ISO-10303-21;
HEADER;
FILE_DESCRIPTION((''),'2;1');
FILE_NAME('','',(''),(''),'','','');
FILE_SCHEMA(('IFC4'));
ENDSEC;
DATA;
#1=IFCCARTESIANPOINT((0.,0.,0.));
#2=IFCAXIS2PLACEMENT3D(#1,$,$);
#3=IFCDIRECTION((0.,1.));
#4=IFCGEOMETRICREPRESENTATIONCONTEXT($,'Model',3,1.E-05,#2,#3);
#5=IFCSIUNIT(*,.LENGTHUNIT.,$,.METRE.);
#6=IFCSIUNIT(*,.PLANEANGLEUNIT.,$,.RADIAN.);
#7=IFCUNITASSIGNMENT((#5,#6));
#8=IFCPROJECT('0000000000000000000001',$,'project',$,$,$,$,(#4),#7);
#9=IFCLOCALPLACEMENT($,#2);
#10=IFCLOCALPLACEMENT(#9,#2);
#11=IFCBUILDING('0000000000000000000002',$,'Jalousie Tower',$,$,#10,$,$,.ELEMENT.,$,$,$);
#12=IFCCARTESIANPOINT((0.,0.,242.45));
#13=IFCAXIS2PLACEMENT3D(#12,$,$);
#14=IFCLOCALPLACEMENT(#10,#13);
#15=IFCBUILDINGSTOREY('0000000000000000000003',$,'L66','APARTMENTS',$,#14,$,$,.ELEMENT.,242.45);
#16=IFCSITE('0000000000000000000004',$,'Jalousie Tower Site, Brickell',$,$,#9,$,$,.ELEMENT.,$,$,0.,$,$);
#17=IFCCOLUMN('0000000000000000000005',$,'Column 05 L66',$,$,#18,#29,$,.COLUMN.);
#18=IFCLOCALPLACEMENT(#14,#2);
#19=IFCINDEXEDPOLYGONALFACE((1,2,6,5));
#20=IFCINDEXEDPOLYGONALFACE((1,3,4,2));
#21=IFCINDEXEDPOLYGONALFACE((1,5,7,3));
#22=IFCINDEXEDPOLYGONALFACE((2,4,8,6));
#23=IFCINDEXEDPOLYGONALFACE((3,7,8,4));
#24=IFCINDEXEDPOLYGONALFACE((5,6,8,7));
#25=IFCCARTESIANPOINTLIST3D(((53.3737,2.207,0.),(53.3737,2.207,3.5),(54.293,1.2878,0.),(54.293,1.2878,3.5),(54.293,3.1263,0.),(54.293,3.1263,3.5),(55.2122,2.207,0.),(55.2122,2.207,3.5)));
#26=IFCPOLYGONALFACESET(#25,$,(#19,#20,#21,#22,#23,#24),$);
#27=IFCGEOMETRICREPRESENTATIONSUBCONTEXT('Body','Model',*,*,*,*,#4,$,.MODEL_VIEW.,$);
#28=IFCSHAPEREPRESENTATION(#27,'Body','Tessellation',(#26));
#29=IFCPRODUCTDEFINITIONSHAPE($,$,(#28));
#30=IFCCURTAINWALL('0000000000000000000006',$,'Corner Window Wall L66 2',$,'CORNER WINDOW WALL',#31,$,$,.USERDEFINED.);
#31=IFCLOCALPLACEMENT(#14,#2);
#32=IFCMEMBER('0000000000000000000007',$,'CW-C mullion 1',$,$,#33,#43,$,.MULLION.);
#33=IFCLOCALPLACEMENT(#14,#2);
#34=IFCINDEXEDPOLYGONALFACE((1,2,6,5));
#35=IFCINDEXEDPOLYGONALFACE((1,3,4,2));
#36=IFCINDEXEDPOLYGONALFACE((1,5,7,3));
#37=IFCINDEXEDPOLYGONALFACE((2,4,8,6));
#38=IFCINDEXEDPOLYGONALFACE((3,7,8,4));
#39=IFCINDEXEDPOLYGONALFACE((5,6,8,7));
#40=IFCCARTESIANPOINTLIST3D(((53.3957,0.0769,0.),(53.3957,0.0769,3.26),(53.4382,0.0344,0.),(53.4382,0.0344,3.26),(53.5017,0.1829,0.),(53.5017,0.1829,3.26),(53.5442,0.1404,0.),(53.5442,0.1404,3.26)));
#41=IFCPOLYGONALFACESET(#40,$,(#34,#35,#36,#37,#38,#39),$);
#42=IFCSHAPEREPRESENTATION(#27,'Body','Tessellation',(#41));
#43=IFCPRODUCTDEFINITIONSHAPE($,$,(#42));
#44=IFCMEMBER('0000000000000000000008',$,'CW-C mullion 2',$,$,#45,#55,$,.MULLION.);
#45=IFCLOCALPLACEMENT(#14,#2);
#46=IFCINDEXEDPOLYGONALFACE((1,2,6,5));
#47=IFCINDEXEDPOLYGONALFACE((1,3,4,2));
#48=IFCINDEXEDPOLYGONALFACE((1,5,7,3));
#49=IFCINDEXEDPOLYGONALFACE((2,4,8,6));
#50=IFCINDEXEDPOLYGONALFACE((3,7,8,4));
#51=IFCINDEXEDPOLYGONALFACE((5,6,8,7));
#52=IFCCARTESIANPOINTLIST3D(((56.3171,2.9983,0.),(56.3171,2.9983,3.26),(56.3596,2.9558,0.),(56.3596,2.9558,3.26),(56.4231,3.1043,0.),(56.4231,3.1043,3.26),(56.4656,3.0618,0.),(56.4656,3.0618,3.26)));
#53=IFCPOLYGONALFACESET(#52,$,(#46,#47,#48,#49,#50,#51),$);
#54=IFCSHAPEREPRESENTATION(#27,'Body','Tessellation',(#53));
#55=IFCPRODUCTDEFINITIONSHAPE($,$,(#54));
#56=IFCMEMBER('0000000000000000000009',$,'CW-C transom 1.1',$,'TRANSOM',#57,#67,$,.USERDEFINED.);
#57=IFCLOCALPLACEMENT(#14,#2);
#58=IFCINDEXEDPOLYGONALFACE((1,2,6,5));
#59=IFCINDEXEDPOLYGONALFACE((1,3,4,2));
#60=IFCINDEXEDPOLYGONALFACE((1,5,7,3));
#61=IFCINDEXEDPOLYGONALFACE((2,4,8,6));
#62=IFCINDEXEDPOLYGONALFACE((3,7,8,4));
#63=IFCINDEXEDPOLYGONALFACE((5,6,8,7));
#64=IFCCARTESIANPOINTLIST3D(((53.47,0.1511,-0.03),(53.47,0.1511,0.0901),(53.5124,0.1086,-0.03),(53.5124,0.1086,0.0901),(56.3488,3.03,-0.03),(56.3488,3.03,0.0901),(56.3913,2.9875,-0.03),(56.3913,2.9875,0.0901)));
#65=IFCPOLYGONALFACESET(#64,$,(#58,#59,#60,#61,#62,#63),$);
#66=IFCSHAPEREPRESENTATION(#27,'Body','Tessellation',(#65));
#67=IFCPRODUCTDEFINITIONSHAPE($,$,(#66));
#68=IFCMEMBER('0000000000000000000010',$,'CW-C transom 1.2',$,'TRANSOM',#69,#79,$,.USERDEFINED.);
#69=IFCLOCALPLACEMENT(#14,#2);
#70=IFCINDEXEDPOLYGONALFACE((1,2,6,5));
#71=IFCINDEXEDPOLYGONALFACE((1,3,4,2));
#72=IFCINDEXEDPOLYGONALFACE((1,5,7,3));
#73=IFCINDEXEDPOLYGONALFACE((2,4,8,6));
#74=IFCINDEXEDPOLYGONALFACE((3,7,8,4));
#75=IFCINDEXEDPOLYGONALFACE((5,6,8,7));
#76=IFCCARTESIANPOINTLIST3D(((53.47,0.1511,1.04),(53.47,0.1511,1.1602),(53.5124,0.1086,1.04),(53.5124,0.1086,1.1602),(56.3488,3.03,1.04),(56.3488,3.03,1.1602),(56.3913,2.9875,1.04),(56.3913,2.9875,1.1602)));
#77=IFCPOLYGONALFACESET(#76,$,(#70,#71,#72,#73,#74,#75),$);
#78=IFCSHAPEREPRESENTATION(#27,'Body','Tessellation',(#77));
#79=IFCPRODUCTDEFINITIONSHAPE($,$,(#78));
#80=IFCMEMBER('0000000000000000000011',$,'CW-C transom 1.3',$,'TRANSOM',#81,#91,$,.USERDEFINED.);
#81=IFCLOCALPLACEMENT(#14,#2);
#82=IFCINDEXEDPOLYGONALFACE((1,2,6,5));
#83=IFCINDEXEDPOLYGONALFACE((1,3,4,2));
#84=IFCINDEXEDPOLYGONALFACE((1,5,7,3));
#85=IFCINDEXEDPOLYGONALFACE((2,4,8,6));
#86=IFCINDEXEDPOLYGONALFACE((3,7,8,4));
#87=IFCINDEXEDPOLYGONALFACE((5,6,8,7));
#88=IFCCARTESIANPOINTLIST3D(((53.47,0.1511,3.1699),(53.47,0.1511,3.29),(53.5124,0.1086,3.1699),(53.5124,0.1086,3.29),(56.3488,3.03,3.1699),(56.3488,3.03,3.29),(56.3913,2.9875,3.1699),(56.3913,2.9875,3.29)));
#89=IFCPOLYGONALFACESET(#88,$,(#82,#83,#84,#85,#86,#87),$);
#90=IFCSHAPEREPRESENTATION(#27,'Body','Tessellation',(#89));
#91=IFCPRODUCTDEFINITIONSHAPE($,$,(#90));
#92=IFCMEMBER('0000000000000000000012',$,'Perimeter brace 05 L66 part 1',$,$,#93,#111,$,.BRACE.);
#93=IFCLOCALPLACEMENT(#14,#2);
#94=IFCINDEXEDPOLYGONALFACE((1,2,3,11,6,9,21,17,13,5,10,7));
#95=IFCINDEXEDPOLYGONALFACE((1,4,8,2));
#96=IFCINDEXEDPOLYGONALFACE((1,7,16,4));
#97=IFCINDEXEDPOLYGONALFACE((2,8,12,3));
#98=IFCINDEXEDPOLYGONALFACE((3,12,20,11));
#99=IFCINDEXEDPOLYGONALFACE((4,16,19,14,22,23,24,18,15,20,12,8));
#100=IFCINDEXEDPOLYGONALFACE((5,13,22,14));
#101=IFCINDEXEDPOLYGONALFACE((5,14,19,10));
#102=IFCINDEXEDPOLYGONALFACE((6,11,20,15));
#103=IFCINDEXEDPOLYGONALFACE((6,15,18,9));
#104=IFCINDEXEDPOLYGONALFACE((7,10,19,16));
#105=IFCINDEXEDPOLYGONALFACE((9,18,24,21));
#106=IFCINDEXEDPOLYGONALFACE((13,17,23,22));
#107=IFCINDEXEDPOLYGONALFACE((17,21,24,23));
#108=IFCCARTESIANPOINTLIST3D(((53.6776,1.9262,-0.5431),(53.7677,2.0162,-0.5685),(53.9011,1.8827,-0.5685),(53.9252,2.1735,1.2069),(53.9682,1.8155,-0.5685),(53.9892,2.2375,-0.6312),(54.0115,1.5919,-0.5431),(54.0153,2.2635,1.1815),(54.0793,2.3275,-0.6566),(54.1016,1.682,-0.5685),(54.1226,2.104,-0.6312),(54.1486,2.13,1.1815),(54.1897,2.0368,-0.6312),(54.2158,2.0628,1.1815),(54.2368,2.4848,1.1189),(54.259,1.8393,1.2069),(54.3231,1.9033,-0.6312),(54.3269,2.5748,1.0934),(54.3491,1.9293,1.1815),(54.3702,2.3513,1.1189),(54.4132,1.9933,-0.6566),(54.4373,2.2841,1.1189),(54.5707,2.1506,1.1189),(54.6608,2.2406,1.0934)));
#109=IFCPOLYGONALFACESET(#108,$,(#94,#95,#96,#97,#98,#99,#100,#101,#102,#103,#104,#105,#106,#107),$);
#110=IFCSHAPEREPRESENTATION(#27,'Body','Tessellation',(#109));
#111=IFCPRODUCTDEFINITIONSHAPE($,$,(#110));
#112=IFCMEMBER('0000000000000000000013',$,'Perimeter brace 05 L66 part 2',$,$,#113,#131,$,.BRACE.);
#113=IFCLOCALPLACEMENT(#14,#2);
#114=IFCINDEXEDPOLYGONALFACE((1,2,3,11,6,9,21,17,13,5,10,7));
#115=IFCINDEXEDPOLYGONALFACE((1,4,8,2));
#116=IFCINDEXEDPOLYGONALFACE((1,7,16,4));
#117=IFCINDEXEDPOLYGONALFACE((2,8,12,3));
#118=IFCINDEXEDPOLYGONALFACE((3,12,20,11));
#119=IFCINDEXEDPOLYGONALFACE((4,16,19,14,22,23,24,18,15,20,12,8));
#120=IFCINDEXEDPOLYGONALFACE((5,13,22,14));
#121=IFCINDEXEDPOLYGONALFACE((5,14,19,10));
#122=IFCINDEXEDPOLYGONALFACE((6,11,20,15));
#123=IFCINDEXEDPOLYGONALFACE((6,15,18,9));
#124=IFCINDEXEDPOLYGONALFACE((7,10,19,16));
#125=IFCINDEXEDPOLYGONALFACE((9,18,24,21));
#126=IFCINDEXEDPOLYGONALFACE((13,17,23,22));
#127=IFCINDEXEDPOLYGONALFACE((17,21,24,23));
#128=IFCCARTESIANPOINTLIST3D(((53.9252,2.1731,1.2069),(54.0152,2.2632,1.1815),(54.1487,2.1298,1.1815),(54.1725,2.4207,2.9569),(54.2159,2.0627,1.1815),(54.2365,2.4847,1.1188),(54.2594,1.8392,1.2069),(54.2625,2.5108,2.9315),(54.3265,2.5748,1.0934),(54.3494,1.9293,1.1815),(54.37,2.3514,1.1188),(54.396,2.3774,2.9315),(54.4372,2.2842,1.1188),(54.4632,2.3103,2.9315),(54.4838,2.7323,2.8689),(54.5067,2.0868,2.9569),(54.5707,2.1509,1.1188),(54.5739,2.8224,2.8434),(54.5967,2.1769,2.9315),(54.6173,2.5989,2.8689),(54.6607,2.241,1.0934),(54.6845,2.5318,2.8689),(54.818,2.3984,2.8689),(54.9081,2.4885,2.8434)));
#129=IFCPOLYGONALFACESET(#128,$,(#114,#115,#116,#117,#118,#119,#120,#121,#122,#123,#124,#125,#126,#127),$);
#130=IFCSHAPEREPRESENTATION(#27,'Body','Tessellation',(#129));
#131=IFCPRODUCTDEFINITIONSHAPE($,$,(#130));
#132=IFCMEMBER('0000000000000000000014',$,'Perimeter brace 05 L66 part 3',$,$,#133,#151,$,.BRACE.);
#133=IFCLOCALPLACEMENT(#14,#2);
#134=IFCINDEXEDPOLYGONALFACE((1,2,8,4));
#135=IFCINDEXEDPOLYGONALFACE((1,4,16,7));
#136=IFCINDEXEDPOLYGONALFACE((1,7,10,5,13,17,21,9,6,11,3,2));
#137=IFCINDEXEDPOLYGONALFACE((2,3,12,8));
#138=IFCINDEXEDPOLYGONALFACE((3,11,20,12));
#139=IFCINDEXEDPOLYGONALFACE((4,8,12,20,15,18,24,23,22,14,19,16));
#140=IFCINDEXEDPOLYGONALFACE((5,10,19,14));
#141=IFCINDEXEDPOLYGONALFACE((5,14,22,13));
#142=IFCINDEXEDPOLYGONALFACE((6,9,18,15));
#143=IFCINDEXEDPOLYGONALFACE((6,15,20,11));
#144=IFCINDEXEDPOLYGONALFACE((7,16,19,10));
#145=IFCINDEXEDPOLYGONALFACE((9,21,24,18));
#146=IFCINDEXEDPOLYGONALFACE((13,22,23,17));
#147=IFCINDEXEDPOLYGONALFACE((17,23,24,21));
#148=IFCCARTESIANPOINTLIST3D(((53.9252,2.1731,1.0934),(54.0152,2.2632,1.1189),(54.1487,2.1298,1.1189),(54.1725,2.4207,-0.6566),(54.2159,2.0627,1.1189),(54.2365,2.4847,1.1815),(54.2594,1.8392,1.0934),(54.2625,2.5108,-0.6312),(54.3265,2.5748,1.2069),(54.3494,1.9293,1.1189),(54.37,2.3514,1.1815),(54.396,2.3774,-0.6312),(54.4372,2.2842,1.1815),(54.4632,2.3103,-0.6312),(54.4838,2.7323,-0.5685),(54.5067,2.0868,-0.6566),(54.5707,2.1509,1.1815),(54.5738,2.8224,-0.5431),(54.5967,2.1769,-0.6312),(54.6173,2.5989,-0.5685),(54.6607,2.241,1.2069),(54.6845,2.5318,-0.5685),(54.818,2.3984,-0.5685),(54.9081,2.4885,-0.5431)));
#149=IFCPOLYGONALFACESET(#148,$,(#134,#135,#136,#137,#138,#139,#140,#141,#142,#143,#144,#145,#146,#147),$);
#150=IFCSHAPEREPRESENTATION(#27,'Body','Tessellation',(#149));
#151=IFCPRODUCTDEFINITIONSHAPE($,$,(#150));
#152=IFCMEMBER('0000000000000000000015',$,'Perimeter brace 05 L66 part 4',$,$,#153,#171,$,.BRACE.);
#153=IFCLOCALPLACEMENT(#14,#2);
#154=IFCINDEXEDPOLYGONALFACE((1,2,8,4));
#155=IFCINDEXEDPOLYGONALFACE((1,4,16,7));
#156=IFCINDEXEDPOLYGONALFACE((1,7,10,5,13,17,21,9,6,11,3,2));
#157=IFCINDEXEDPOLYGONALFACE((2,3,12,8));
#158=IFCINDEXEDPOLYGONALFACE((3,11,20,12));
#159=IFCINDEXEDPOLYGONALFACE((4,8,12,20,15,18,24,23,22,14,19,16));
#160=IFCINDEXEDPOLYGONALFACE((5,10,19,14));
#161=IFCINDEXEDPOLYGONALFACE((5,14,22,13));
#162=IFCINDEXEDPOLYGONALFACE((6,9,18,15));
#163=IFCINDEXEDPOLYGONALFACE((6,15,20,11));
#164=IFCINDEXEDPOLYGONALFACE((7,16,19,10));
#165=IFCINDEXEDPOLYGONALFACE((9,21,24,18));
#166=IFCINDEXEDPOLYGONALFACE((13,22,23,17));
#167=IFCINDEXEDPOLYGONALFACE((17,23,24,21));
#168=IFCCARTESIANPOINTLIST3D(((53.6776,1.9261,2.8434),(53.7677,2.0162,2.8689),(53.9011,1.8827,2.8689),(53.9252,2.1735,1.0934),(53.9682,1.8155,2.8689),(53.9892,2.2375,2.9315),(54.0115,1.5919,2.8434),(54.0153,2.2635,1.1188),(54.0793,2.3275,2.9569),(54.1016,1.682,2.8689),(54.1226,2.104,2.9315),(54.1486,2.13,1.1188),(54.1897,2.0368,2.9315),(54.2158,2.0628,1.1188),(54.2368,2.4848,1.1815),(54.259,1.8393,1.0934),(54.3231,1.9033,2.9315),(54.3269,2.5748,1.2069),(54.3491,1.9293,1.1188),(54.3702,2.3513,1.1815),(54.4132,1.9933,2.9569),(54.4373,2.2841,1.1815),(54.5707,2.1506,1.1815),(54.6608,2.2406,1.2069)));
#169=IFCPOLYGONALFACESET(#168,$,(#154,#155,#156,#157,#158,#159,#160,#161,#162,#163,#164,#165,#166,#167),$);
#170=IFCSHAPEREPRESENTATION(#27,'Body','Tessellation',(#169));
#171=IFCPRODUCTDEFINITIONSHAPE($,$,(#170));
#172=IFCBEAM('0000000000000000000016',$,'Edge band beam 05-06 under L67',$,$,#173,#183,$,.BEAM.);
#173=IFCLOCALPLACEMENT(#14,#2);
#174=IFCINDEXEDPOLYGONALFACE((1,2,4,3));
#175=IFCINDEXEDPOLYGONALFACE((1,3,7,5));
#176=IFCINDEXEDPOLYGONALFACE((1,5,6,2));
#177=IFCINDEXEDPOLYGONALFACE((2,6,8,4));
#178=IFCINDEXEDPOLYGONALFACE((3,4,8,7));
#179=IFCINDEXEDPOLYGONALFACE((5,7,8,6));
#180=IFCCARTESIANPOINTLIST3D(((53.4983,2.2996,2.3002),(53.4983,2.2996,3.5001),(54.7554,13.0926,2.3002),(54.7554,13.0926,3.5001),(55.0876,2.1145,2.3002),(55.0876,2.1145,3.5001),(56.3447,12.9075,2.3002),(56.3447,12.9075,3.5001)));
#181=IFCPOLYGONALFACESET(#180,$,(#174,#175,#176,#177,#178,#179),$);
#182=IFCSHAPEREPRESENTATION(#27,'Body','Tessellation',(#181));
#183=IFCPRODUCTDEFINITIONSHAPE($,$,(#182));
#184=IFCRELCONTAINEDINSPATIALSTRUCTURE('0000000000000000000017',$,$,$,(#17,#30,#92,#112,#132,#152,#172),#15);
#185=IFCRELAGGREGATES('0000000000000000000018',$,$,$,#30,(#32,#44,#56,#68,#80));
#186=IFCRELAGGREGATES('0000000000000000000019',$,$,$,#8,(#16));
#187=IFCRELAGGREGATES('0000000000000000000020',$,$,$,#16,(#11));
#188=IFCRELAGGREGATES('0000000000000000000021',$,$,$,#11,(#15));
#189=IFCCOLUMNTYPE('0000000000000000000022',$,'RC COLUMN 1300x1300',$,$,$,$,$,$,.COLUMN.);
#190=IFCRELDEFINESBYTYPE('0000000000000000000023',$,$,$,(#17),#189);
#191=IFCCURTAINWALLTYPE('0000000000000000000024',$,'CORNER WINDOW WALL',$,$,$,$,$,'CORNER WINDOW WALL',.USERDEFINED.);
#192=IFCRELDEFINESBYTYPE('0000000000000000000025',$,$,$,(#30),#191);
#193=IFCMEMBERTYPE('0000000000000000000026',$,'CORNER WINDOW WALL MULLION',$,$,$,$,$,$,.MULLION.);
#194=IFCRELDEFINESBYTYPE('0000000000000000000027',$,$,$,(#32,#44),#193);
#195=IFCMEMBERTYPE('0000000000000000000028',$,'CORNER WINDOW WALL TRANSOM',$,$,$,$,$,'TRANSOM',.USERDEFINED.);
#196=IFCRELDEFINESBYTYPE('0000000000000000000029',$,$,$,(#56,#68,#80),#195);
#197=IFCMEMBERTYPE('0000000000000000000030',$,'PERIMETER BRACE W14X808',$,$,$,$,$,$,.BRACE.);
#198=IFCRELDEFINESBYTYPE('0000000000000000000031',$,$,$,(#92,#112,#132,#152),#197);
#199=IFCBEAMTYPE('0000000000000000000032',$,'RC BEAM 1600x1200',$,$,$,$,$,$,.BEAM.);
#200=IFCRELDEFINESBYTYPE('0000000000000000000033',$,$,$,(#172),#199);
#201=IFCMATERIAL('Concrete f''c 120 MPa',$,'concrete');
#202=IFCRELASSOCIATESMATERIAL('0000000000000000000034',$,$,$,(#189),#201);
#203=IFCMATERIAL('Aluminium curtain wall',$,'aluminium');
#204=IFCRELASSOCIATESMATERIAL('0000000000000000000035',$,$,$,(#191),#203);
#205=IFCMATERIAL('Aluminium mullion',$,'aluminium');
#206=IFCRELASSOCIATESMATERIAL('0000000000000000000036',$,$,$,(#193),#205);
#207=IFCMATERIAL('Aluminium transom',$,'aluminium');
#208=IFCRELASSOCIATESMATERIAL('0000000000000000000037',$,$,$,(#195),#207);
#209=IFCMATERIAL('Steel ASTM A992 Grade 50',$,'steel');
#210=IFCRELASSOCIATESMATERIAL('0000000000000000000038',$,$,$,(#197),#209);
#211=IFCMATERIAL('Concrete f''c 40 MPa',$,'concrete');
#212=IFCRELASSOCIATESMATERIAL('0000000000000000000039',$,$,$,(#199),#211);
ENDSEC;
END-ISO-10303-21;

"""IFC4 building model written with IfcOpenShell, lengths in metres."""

from ifc_helpers import new_model, si_unit, direction, frame, origin, origin_2d, place, context, subcontext, project, spatial, rectangle, i_section, extrude, material, material_profile, profile_set, type_object, element, aggregate, save


model = new_model("IFC4")

# Units and contexts
model_context = context("Model", 3, precision=1e-05, world=origin(), true_north=direction((0.0, 1.0)))
body_context = subcontext(model_context, "Body", "Model", "MODEL_VIEW")
ifc_project = project(units=[si_unit("LENGTHUNIT", "METRE"), si_unit("PLANEANGLEUNIT", "RADIAN")], contexts=[model_context])

# Site, building, storey
site_placement = place(None, origin())
site = spatial("IfcSite", under=ifc_project, at=site_placement, Name="Jalousie Tower Site, Brickell", CompositionType="ELEMENT", RefElevation=0.0)
building_placement = place(site_placement, origin())
building = spatial("IfcBuilding", under=site, at=building_placement, Name="Jalousie Tower", CompositionType="ELEMENT")
storey_placement = place(building_placement, frame((0.0, 0.0, 242.45)))
storey = spatial("IfcBuildingStorey", under=building, at=storey_placement, Name="L66", Description="APARTMENTS", CompositionType="ELEMENT", Elevation=242.45)

# Column
ifc_material_1 = material(Name="Concrete f'c 120 MPa", Category="concrete")
ifc_material_profile_1 = material_profile(ifc_material_1, rectangle(XDim=1.3, YDim=1.3, at=origin_2d()), Name="RC 1300x1300")
ifc_profile_set_1 = profile_set([ifc_material_profile_1], Name="Concrete f'c 120 MPa")
column_type = type_object("IfcColumnType", Name="RC COLUMN 1300x1300", PredefinedType="COLUMN", material=ifc_profile_set_1)
column_placement = place(storey_placement, frame((54.293, 2.207, 0.0), z_axis=(0.0, 0.0, 1.0), x_axis=(0.707107, 0.707107, 0.0)))
element("IfcColumn", 1, at=column_placement, inside=storey, type_object=column_type, Name="Column 05 L66", PredefinedType="COLUMN", context=body_context, shape_type="SweptSolid", body=[
    extrude(rectangle(XDim=1.3, YDim=1.3, at=origin_2d()), origin(), (0.0, 0.0, 1.0), 3.5),
])

# Curtain wall, members
ifc_material_2 = material(Name="Aluminium curtain wall", Category="aluminium")
curtain_wall_type_1 = type_object("IfcCurtainWallType", Name="CORNER WINDOW WALL", ElementType="CORNER WINDOW WALL", PredefinedType="USERDEFINED", material=ifc_material_2)
curtain_wall_1_placement = place(storey_placement, origin())
curtain_wall_1 = element("IfcCurtainWall", 2, at=curtain_wall_1_placement, inside=storey, type_object=curtain_wall_type_1, Name="Corner Window Wall L66 2", ObjectType="CORNER WINDOW WALL", PredefinedType="USERDEFINED")
ifc_material_3 = material(Name="Aluminium mullion", Category="aluminium")
ifc_material_profile_2 = material_profile(ifc_material_3, rectangle(XDim=0.0601, YDim=0.1499, at=origin_2d()), Name="MULLION 60x150")
ifc_profile_set_2 = profile_set([ifc_material_profile_2], Name="Aluminium mullion")
member_type_1 = type_object("IfcMemberType", Name="CORNER WINDOW WALL MULLION", PredefinedType="MULLION", material=ifc_profile_set_2)
member_1_placement = place(storey_placement, frame((53.47, 0.1086, 0.0), z_axis=(0.0, 0.0, 1.0), x_axis=(-0.707107, 0.707107, 0.0)))
member_1 = element("IfcMember", 3, at=member_1_placement, type_object=member_type_1, Name="CW-C mullion 1", PredefinedType="MULLION", context=body_context, shape_type="SweptSolid", body=[
    extrude(rectangle(XDim=0.0601, YDim=0.1499, at=origin_2d()), origin(), (0.0, 0.0, 1.0), 3.26),
])
member_2_placement = place(storey_placement, frame((56.3914, 3.03, 0.0), z_axis=(0.0, 0.0, 1.0), x_axis=(-0.707107, 0.707107, 0.0)))
member_2 = element("IfcMember", 4, at=member_2_placement, type_object=member_type_1, Name="CW-C mullion 2", PredefinedType="MULLION", context=body_context, shape_type="SweptSolid", body=[
    extrude(rectangle(XDim=0.0601, YDim=0.1499, at=origin_2d()), origin(), (0.0, 0.0, 1.0), 3.26),
])
ifc_material_4 = material(Name="Aluminium transom", Category="aluminium")
ifc_material_profile_3 = material_profile(ifc_material_4, rectangle(XDim=0.0601, YDim=0.1201, at=origin_2d()), Name="TRANSOM 60x120")
ifc_profile_set_3 = profile_set([ifc_material_profile_3], Name="Aluminium transom")
member_type_2 = type_object("IfcMemberType", Name="CORNER WINDOW WALL TRANSOM", ElementType="TRANSOM", PredefinedType="USERDEFINED", material=ifc_profile_set_3)
member_3_placement = place(storey_placement, frame((53.4912, 0.1299, 0.03), z_axis=(0.707107, 0.707107, 0.0), x_axis=(-0.707107, 0.707107, 0.0)))
member_3 = element("IfcMember", 5, at=member_3_placement, type_object=member_type_2, Name="CW-C transom 1.1", ObjectType="TRANSOM", PredefinedType="USERDEFINED", context=body_context, shape_type="SweptSolid", body=[
    extrude(rectangle(XDim=0.0601, YDim=0.1201, at=origin_2d()), origin(), (0.0, 0.0, 1.0), 4.0713),
])
member_4_placement = place(storey_placement, frame((53.4912, 0.1299, 1.1001), z_axis=(0.707107, 0.707107, 0.0), x_axis=(-0.707107, 0.707107, 0.0)))
member_4 = element("IfcMember", 6, at=member_4_placement, type_object=member_type_2, Name="CW-C transom 1.2", ObjectType="TRANSOM", PredefinedType="USERDEFINED", context=body_context, shape_type="SweptSolid", body=[
    extrude(rectangle(XDim=0.0601, YDim=0.1201, at=origin_2d()), origin(), (0.0, 0.0, 1.0), 4.0713),
])
member_5_placement = place(storey_placement, frame((53.4912, 0.1299, 3.23), z_axis=(0.707107, 0.707107, 0.0), x_axis=(-0.707107, 0.707107, 0.0)))
member_5 = element("IfcMember", 7, at=member_5_placement, type_object=member_type_2, Name="CW-C transom 1.3", ObjectType="TRANSOM", PredefinedType="USERDEFINED", context=body_context, shape_type="SweptSolid", body=[
    extrude(rectangle(XDim=0.0601, YDim=0.1201, at=origin_2d()), origin(), (0.0, 0.0, 1.0), 4.0713),
])

# Members
ifc_material_5 = material(Name="Steel ASTM A992 Grade 50", Category="steel")
ifc_material_profile_4 = material_profile(ifc_material_5, i_section(OverallWidth=0.4724, OverallDepth=0.5791, WebThickness=0.095, FlangeThickness=0.1299, at=origin_2d()), Name="W14X808")
ifc_profile_set_4 = profile_set([ifc_material_profile_4], Name="Steel ASTM A992 Grade 50")
member_type_3 = type_object("IfcMemberType", Name="PERIMETER BRACE W14X808", PredefinedType="BRACE", material=ifc_profile_set_4)
for number, where, z_axis, x_axis, name in (
    (8, (54.0454, 1.9597, -0.5999), (0.138716, 0.138579, 0.980588), (-0.706758, 0.707456, 0.0), "Perimeter brace 05 L66 part 1"),
    (9, (54.293, 2.207, 1.1501), (0.138579, 0.138716, 0.980588), (-0.707456, 0.706758, 0.0), "Perimeter brace 05 L66 part 2"),
    (10, (54.5403, 2.4546, -0.5999), (-0.138579, -0.138716, 0.980588), (0.707456, -0.706758, 0.0), "Perimeter brace 05 L66 part 3"),
    (11, (54.293, 2.207, 1.1501), (-0.138716, -0.138579, 0.980588), (0.706758, -0.707456, 0.0), "Perimeter brace 05 L66 part 4"),
):
    element("IfcMember", number, at=place(storey_placement, frame(where, z_axis=z_axis, x_axis=x_axis)), inside=storey, type_object=member_type_3, Name=name, PredefinedType="BRACE", context=body_context, shape_type="SweptSolid", body=[
        extrude(i_section(OverallWidth=0.4724, OverallDepth=0.5791, WebThickness=0.095, FlangeThickness=0.1299, at=origin_2d()), origin(), (0.0, 0.0, 1.0), 1.7847),
    ])

# Beam
ifc_material_6 = material(Name="Concrete f'c 40 MPa", Category="concrete")
ifc_material_profile_5 = material_profile(ifc_material_6, rectangle(XDim=1.6001, YDim=1.2, at=origin_2d()), Name="RC 1600x1200")
ifc_profile_set_5 = profile_set([ifc_material_profile_5], Name="Concrete f'c 40 MPa")
beam_type = type_object("IfcBeamType", Name="RC BEAM 1600x1200", PredefinedType="BEAM", material=ifc_profile_set_5)
beam_placement = place(storey_placement, frame((54.293, 2.207, 2.9001), z_axis=(0.11569, 0.993285, 0.0), x_axis=(-0.993285, 0.11569, 0.0)))
element("IfcBeam", 12, at=beam_placement, inside=storey, type_object=beam_type, Name="Edge band beam 05-06 under L67", PredefinedType="BEAM", context=body_context, shape_type="SweptSolid", body=[
    extrude(rectangle(XDim=1.6001, YDim=1.2, at=origin_2d()), origin(), (0.0, 0.0, 1.0), 10.866),
])

aggregate(curtain_wall_1, [member_1, member_2, member_3, member_4, member_5])

save(model, "model.ifc")
